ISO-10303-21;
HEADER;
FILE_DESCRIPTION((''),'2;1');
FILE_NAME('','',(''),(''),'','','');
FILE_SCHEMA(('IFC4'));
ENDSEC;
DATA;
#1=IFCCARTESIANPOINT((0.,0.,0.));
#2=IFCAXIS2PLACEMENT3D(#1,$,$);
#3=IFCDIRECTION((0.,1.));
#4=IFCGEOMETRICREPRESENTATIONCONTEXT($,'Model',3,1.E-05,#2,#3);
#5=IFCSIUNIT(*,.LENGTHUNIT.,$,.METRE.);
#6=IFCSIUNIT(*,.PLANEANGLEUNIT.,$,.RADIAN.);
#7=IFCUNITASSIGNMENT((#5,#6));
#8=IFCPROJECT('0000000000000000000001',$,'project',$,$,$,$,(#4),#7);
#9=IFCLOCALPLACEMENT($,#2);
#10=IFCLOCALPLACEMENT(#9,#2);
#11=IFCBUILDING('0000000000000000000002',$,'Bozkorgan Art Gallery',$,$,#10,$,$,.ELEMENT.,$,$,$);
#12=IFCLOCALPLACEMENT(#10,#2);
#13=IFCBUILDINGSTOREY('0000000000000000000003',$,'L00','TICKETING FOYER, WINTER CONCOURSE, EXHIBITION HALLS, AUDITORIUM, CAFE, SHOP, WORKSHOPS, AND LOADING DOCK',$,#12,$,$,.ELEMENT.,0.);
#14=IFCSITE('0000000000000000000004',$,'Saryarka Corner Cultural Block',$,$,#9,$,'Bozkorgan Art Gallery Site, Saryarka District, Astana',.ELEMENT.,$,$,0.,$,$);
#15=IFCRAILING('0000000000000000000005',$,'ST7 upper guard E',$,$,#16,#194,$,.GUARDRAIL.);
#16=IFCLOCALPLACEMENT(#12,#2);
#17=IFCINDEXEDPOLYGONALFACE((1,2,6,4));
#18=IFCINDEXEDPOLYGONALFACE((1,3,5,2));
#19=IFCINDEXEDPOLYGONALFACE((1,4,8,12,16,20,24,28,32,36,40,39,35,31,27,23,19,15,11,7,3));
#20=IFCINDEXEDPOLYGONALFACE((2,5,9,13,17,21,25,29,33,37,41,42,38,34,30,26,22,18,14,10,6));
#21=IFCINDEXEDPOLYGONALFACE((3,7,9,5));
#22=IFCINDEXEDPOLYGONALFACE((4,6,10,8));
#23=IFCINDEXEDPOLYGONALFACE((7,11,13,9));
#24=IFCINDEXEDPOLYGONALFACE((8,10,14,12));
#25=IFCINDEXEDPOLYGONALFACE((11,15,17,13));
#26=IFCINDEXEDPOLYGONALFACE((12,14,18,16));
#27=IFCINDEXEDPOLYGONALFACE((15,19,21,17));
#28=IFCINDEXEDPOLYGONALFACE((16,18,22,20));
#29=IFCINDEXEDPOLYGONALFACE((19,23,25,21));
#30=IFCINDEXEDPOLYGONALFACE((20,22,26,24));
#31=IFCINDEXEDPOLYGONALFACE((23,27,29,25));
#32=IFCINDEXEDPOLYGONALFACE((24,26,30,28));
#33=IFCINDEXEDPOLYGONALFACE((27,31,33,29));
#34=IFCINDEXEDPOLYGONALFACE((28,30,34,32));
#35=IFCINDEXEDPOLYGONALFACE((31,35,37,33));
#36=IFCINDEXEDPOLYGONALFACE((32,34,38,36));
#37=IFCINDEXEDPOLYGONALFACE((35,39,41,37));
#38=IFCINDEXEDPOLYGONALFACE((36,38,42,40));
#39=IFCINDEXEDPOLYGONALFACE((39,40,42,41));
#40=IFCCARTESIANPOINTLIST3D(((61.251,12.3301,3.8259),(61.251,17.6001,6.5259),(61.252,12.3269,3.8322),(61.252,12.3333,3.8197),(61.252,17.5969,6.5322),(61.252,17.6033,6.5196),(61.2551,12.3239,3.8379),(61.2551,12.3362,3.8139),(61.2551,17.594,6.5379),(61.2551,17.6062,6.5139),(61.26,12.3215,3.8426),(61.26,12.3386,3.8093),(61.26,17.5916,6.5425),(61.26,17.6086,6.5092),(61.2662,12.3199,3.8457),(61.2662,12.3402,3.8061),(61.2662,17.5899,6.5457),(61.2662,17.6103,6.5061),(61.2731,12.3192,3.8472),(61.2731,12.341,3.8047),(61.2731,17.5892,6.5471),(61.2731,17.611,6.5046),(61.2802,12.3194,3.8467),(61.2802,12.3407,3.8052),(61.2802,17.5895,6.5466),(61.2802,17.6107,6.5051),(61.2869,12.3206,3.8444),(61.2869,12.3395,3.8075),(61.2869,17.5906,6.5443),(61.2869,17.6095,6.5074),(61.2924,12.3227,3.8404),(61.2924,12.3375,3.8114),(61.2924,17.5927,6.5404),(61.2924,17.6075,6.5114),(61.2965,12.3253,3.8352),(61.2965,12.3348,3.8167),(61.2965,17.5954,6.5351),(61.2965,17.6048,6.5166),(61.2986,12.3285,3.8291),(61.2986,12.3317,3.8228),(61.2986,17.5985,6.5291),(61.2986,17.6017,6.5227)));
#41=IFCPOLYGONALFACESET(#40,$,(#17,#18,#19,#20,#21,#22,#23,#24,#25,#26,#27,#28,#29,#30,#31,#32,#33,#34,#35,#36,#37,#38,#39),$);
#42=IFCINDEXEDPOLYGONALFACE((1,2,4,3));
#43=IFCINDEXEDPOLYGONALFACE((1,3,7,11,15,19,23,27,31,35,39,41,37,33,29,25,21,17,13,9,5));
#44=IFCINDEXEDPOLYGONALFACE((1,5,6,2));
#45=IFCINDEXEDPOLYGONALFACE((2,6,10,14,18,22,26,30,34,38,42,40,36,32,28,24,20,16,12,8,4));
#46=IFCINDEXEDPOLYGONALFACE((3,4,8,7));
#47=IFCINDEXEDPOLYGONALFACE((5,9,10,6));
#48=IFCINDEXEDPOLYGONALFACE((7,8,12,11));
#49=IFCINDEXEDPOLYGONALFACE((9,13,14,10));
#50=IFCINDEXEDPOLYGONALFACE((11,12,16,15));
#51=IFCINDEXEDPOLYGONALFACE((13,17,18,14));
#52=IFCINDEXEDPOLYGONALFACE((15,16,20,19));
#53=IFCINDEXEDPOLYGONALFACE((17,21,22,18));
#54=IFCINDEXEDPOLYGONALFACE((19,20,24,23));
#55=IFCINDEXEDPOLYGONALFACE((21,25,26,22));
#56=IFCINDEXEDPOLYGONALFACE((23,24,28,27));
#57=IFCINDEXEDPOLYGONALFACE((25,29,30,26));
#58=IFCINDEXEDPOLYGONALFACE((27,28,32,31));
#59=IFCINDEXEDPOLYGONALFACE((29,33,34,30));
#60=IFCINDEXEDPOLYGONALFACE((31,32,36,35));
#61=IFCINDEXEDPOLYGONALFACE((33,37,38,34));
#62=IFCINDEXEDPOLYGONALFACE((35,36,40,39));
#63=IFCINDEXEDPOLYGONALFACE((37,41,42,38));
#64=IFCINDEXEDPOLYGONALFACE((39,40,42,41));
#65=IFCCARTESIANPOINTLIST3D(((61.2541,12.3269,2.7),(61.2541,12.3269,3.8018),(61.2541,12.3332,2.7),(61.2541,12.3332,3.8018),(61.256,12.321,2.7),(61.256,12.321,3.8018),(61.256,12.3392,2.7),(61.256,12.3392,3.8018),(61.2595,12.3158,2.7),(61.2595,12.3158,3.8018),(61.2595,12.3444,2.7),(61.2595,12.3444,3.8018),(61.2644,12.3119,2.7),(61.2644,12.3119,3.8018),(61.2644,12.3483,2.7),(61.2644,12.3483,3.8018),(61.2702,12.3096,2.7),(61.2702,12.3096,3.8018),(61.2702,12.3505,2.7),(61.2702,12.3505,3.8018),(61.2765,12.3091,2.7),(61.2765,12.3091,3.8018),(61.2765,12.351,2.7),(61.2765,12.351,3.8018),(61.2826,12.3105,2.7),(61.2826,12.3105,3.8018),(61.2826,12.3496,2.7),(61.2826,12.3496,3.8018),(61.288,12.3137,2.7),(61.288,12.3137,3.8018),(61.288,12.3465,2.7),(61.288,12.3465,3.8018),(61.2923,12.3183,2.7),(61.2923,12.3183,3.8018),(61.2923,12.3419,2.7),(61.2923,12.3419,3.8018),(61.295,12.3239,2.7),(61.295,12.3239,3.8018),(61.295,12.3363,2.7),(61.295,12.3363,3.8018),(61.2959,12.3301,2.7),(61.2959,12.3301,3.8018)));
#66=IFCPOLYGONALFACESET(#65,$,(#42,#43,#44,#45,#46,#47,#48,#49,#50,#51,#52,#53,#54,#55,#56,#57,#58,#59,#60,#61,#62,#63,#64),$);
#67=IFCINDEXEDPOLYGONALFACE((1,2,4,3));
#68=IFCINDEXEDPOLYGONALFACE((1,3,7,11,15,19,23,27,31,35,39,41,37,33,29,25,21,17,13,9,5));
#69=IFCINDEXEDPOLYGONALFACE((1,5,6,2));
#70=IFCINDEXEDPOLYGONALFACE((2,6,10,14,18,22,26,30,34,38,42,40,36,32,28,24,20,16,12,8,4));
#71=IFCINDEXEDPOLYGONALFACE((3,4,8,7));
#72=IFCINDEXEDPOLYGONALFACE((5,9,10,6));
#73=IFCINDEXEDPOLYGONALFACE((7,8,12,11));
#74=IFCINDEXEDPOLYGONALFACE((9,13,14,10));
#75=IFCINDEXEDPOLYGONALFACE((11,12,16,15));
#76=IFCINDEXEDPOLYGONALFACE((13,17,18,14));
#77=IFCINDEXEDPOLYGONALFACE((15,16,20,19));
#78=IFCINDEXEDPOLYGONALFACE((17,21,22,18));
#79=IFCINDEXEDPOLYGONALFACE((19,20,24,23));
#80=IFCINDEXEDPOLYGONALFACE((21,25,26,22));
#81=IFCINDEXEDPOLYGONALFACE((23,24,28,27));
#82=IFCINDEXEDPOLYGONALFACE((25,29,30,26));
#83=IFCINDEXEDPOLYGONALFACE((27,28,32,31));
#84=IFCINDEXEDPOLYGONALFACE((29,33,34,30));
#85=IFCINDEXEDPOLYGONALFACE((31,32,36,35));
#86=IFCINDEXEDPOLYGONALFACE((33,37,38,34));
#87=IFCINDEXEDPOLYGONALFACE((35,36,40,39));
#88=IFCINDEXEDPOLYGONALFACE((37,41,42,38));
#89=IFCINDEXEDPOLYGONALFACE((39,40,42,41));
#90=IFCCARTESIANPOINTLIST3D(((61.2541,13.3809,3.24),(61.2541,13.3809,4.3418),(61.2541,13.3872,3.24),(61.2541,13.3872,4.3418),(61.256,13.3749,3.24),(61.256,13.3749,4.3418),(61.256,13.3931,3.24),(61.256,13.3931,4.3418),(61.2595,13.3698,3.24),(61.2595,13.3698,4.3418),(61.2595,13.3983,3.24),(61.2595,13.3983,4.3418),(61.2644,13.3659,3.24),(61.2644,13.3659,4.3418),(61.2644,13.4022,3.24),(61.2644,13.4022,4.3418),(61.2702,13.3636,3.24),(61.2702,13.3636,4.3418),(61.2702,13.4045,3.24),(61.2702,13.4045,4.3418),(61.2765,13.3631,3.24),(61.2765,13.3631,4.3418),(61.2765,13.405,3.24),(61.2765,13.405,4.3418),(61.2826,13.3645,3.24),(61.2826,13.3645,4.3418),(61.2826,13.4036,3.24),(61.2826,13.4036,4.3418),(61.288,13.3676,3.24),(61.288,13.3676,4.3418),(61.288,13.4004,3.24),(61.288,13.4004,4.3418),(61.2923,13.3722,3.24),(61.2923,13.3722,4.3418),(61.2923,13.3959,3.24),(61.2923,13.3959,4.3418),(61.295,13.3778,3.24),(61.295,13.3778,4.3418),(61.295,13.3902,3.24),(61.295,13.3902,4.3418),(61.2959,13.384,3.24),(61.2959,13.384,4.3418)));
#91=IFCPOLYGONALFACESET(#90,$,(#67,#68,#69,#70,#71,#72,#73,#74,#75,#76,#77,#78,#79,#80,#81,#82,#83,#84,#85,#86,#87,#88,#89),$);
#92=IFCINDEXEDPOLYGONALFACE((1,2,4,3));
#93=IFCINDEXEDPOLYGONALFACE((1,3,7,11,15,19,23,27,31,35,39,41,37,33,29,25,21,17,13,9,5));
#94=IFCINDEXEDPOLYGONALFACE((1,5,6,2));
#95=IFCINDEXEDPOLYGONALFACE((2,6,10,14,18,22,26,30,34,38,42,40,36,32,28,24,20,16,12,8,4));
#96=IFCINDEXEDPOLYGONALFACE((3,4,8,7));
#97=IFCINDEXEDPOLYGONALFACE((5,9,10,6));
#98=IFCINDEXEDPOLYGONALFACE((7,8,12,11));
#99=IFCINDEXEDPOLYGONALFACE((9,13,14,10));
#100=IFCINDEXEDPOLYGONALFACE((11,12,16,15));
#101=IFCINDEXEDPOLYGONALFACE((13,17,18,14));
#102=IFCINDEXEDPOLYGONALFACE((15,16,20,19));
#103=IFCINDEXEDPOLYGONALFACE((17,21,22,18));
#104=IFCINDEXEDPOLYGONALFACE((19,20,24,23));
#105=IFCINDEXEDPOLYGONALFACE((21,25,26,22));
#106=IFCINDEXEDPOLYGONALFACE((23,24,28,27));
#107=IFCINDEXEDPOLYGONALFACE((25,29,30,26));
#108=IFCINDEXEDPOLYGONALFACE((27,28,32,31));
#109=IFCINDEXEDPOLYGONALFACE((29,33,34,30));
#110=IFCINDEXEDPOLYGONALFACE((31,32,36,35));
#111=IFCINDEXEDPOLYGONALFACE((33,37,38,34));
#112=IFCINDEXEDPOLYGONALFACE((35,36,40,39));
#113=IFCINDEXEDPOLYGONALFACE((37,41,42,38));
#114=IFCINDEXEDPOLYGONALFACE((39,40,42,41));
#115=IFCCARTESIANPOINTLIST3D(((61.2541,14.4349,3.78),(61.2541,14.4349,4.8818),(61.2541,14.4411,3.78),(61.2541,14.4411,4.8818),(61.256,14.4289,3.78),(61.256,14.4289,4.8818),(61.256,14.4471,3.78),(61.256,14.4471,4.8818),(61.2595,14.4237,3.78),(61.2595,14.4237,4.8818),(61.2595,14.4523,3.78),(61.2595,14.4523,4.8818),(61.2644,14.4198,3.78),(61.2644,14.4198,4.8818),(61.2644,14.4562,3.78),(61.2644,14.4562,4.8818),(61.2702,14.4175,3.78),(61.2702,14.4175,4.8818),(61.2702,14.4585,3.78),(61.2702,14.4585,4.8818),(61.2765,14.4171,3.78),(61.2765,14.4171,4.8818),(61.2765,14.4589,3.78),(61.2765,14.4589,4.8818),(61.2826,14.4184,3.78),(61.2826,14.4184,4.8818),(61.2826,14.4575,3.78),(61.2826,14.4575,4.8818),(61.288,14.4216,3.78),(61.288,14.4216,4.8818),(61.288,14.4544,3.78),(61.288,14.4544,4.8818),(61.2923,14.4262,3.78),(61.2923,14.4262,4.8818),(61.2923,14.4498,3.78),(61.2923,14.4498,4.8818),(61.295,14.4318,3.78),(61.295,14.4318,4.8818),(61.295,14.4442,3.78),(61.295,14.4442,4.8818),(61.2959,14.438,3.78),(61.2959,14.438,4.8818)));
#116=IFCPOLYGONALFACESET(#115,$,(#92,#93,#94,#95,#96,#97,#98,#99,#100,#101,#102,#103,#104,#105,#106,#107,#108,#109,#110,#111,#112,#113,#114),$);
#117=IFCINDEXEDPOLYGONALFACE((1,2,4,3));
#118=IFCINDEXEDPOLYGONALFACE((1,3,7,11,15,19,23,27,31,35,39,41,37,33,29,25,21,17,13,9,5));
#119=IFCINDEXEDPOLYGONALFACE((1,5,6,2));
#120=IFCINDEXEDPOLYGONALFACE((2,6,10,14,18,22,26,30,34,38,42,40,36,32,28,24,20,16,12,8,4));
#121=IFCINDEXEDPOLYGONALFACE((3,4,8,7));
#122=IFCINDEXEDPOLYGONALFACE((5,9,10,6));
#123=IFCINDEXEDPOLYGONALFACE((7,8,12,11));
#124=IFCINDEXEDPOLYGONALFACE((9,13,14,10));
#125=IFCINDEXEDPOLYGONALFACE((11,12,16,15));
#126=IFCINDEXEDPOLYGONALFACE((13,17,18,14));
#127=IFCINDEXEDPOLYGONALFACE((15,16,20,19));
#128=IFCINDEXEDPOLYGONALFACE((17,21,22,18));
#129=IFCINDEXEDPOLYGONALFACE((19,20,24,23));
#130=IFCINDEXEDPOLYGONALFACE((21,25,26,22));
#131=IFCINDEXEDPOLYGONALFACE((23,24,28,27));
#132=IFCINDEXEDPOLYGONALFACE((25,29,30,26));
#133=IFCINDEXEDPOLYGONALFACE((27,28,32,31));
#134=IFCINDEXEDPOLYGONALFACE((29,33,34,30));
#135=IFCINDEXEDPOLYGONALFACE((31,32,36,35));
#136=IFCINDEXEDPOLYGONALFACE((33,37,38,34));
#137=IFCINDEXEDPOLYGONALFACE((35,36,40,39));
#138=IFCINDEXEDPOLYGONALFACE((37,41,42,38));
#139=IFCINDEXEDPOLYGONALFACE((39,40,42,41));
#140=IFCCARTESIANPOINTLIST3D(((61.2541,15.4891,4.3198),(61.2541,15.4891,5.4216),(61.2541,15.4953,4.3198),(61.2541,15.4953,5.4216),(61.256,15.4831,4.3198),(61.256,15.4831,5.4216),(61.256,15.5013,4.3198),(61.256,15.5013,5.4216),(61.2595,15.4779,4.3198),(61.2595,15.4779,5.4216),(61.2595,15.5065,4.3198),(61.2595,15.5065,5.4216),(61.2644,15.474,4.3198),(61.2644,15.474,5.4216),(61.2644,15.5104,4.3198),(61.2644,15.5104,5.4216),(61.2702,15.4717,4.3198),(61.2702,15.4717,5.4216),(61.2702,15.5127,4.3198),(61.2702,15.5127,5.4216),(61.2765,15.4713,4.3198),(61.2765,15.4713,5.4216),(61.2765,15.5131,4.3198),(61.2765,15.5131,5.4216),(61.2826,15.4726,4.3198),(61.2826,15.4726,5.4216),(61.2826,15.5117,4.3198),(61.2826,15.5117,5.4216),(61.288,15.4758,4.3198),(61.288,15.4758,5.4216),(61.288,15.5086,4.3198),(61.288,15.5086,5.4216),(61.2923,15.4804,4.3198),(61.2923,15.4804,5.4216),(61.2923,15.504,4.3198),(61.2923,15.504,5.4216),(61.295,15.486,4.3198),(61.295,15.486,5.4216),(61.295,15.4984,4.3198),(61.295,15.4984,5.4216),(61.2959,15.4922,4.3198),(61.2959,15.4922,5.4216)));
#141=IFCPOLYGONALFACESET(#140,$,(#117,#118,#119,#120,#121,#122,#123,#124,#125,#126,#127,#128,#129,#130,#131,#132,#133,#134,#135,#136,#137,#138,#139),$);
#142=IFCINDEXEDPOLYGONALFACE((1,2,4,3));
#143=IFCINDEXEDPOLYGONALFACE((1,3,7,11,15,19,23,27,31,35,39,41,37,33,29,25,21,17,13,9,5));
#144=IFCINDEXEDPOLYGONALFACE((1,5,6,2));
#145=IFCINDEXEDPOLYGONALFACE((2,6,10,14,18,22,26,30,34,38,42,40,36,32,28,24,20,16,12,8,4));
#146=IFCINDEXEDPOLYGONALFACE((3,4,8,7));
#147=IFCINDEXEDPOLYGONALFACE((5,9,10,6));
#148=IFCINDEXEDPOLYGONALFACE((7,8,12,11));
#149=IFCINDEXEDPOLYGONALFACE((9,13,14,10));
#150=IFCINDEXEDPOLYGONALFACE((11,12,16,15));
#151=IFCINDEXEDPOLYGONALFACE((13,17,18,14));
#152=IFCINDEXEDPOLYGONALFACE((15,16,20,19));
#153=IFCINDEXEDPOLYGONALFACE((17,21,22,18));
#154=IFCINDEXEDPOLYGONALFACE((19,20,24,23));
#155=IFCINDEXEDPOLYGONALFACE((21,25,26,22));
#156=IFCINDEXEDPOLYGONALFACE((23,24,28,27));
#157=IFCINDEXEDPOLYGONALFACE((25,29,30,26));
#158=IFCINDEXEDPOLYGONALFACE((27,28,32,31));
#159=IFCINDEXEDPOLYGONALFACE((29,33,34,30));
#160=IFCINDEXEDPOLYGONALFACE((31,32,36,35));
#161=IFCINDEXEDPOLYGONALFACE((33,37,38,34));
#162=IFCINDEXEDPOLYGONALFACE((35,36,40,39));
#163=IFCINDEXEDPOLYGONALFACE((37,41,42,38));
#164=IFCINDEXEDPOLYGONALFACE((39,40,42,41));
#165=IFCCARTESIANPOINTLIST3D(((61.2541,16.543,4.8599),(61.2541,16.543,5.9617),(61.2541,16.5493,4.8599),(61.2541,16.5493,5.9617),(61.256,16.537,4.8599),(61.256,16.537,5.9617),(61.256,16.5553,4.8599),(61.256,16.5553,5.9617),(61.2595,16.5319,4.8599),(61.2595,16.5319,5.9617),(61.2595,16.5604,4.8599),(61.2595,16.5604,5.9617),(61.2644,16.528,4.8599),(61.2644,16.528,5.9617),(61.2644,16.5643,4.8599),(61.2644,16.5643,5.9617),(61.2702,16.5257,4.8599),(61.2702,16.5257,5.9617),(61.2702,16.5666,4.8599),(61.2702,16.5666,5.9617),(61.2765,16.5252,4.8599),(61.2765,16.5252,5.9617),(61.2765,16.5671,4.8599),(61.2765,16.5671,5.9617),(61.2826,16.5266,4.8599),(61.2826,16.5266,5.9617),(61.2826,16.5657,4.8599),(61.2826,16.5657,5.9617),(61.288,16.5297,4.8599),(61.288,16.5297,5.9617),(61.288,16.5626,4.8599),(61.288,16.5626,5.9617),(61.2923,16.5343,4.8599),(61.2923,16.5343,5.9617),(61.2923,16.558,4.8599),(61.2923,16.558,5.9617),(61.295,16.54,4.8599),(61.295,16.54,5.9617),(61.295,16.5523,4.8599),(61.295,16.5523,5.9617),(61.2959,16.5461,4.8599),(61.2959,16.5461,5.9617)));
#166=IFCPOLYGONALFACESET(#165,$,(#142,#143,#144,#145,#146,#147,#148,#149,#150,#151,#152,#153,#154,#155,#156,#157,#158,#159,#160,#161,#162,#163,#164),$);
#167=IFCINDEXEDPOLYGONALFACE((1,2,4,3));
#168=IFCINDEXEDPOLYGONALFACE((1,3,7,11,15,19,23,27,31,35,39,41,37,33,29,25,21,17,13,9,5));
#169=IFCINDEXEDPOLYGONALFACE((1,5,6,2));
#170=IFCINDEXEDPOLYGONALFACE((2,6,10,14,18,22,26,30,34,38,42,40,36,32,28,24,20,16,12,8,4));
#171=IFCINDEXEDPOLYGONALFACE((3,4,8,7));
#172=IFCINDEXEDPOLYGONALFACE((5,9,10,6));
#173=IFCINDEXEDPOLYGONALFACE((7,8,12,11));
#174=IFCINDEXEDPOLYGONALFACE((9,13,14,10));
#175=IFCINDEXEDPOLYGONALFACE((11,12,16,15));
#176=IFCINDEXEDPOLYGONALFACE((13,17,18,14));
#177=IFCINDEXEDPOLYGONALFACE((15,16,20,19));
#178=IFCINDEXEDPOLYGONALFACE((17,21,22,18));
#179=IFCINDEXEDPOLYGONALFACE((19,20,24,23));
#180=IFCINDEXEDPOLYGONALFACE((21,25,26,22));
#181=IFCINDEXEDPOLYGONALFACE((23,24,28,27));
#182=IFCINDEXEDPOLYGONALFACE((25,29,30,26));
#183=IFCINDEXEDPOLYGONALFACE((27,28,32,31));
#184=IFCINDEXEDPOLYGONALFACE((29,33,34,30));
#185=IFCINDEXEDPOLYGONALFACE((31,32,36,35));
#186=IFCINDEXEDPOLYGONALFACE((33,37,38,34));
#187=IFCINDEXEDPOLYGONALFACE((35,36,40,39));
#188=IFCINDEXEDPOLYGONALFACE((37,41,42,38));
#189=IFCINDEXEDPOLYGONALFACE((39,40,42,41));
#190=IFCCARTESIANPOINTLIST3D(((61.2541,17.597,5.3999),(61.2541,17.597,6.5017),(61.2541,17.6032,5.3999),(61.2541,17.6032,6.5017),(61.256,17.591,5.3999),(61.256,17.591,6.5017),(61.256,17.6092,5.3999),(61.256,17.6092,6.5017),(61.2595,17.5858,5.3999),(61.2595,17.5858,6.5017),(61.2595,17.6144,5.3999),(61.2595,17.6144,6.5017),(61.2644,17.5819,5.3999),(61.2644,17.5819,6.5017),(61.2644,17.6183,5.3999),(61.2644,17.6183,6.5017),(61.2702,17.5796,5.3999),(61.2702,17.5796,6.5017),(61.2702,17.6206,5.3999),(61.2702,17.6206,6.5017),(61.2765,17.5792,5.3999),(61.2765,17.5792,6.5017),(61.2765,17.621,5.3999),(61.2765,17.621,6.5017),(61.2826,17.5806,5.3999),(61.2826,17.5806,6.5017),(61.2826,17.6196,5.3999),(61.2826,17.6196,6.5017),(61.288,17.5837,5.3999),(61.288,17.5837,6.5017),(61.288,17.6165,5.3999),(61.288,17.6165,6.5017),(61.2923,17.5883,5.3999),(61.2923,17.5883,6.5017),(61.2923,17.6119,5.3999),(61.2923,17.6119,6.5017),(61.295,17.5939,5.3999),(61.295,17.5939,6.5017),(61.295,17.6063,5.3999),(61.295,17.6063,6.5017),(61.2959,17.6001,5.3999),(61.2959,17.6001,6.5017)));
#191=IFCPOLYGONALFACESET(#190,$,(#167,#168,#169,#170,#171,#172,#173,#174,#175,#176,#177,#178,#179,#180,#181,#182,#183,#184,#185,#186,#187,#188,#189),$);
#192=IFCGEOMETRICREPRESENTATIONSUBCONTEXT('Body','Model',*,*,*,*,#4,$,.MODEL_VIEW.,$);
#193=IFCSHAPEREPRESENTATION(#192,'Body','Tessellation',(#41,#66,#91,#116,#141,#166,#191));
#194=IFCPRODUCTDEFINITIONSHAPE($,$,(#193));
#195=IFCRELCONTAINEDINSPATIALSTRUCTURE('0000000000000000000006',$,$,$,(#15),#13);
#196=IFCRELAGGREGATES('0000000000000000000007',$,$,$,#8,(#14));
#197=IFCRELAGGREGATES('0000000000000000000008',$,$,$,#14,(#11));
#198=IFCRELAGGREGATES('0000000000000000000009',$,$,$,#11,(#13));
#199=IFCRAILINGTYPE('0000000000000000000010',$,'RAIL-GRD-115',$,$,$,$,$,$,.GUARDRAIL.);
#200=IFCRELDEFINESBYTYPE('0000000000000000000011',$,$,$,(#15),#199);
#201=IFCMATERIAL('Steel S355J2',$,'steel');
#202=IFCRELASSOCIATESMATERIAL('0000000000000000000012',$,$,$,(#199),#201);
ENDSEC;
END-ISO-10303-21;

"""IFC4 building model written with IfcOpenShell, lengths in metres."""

from ifc_helpers import new_model, si_unit, direction, frame, origin, origin_2d, place, context, subcontext, project, spatial, circle, extrude, material, type_object, element, save


model = new_model("IFC4")

# Units and contexts
model_context = context("Model", 3, precision=1e-05, world=origin(), true_north=direction((0.0, 1.0)))
body_context = subcontext(model_context, "Body", "Model", "MODEL_VIEW")
ifc_project = project(units=[si_unit("LENGTHUNIT", "METRE"), si_unit("PLANEANGLEUNIT", "RADIAN")], contexts=[model_context])

# Site, building, storey
site_placement = place(None, origin())
site = spatial("IfcSite", under=ifc_project, at=site_placement, Name="Saryarka Corner Cultural Block", LongName="Bozkorgan Art Gallery Site, Saryarka District, Astana", CompositionType="ELEMENT", RefElevation=0.0)
building_placement = place(site_placement, origin())
building = spatial("IfcBuilding", under=site, at=building_placement, Name="Bozkorgan Art Gallery", CompositionType="ELEMENT")
storey_placement = place(building_placement, origin())
storey = spatial("IfcBuildingStorey", under=building, at=storey_placement, Name="L00", Description="TICKETING FOYER, WINTER CONCOURSE, EXHIBITION HALLS, AUDITORIUM, CAFE, SHOP, WORKSHOPS, AND LOADING DOCK", CompositionType="ELEMENT", Elevation=0.0)

# Shared definitions
ifc_material_1 = material(Name="Steel S355J2", Category="steel")

# Railing
railing_type = type_object("IfcRailingType", Name="RAIL-GRD-115", PredefinedType="GUARDRAIL", material=ifc_material_1)
for number, where, name in (
    (1, (61.2749, 12.3301, 2.7), "ST7 upper guard E"),
):
    element("IfcRailing", number, at=place(storey_placement, frame(where)), inside=storey, type_object=railing_type, Name=name, PredefinedType="GUARDRAIL", context=body_context, shape_type="SweptSolid", body=[
        extrude(circle(Radius=0.0239, at=origin_2d()), frame((0.0, 0.0, 1.126), z_axis=(0.0, 0.889997, 0.455966), x_axis=(-1.0, 0.0, 0.0)), (0.0, 0.0, 1.0), 5.9214),
        extrude(circle(Radius=0.021, at=origin_2d()), origin(), (0.0, 0.0, 1.0), 1.1018),
        extrude(circle(Radius=0.021, at=origin_2d()), frame((0.0, 1.054, 0.54)), (0.0, 0.0, 1.0), 1.1018),
        extrude(circle(Radius=0.021, at=origin_2d()), frame((0.0, 2.1079, 1.0801)), (0.0, 0.0, 1.0), 1.1018),
        extrude(circle(Radius=0.021, at=origin_2d()), frame((0.0, 3.1621, 1.6199)), (0.0, 0.0, 1.0), 1.1018),
        extrude(circle(Radius=0.021, at=origin_2d()), frame((0.0, 4.2161, 2.1599)), (0.0, 0.0, 1.0), 1.1018),
        extrude(circle(Radius=0.021, at=origin_2d()), frame((0.0, 5.27, 2.7)), (0.0, 0.0, 1.0), 1.1018),
    ])

save(model, "model.ifc")
